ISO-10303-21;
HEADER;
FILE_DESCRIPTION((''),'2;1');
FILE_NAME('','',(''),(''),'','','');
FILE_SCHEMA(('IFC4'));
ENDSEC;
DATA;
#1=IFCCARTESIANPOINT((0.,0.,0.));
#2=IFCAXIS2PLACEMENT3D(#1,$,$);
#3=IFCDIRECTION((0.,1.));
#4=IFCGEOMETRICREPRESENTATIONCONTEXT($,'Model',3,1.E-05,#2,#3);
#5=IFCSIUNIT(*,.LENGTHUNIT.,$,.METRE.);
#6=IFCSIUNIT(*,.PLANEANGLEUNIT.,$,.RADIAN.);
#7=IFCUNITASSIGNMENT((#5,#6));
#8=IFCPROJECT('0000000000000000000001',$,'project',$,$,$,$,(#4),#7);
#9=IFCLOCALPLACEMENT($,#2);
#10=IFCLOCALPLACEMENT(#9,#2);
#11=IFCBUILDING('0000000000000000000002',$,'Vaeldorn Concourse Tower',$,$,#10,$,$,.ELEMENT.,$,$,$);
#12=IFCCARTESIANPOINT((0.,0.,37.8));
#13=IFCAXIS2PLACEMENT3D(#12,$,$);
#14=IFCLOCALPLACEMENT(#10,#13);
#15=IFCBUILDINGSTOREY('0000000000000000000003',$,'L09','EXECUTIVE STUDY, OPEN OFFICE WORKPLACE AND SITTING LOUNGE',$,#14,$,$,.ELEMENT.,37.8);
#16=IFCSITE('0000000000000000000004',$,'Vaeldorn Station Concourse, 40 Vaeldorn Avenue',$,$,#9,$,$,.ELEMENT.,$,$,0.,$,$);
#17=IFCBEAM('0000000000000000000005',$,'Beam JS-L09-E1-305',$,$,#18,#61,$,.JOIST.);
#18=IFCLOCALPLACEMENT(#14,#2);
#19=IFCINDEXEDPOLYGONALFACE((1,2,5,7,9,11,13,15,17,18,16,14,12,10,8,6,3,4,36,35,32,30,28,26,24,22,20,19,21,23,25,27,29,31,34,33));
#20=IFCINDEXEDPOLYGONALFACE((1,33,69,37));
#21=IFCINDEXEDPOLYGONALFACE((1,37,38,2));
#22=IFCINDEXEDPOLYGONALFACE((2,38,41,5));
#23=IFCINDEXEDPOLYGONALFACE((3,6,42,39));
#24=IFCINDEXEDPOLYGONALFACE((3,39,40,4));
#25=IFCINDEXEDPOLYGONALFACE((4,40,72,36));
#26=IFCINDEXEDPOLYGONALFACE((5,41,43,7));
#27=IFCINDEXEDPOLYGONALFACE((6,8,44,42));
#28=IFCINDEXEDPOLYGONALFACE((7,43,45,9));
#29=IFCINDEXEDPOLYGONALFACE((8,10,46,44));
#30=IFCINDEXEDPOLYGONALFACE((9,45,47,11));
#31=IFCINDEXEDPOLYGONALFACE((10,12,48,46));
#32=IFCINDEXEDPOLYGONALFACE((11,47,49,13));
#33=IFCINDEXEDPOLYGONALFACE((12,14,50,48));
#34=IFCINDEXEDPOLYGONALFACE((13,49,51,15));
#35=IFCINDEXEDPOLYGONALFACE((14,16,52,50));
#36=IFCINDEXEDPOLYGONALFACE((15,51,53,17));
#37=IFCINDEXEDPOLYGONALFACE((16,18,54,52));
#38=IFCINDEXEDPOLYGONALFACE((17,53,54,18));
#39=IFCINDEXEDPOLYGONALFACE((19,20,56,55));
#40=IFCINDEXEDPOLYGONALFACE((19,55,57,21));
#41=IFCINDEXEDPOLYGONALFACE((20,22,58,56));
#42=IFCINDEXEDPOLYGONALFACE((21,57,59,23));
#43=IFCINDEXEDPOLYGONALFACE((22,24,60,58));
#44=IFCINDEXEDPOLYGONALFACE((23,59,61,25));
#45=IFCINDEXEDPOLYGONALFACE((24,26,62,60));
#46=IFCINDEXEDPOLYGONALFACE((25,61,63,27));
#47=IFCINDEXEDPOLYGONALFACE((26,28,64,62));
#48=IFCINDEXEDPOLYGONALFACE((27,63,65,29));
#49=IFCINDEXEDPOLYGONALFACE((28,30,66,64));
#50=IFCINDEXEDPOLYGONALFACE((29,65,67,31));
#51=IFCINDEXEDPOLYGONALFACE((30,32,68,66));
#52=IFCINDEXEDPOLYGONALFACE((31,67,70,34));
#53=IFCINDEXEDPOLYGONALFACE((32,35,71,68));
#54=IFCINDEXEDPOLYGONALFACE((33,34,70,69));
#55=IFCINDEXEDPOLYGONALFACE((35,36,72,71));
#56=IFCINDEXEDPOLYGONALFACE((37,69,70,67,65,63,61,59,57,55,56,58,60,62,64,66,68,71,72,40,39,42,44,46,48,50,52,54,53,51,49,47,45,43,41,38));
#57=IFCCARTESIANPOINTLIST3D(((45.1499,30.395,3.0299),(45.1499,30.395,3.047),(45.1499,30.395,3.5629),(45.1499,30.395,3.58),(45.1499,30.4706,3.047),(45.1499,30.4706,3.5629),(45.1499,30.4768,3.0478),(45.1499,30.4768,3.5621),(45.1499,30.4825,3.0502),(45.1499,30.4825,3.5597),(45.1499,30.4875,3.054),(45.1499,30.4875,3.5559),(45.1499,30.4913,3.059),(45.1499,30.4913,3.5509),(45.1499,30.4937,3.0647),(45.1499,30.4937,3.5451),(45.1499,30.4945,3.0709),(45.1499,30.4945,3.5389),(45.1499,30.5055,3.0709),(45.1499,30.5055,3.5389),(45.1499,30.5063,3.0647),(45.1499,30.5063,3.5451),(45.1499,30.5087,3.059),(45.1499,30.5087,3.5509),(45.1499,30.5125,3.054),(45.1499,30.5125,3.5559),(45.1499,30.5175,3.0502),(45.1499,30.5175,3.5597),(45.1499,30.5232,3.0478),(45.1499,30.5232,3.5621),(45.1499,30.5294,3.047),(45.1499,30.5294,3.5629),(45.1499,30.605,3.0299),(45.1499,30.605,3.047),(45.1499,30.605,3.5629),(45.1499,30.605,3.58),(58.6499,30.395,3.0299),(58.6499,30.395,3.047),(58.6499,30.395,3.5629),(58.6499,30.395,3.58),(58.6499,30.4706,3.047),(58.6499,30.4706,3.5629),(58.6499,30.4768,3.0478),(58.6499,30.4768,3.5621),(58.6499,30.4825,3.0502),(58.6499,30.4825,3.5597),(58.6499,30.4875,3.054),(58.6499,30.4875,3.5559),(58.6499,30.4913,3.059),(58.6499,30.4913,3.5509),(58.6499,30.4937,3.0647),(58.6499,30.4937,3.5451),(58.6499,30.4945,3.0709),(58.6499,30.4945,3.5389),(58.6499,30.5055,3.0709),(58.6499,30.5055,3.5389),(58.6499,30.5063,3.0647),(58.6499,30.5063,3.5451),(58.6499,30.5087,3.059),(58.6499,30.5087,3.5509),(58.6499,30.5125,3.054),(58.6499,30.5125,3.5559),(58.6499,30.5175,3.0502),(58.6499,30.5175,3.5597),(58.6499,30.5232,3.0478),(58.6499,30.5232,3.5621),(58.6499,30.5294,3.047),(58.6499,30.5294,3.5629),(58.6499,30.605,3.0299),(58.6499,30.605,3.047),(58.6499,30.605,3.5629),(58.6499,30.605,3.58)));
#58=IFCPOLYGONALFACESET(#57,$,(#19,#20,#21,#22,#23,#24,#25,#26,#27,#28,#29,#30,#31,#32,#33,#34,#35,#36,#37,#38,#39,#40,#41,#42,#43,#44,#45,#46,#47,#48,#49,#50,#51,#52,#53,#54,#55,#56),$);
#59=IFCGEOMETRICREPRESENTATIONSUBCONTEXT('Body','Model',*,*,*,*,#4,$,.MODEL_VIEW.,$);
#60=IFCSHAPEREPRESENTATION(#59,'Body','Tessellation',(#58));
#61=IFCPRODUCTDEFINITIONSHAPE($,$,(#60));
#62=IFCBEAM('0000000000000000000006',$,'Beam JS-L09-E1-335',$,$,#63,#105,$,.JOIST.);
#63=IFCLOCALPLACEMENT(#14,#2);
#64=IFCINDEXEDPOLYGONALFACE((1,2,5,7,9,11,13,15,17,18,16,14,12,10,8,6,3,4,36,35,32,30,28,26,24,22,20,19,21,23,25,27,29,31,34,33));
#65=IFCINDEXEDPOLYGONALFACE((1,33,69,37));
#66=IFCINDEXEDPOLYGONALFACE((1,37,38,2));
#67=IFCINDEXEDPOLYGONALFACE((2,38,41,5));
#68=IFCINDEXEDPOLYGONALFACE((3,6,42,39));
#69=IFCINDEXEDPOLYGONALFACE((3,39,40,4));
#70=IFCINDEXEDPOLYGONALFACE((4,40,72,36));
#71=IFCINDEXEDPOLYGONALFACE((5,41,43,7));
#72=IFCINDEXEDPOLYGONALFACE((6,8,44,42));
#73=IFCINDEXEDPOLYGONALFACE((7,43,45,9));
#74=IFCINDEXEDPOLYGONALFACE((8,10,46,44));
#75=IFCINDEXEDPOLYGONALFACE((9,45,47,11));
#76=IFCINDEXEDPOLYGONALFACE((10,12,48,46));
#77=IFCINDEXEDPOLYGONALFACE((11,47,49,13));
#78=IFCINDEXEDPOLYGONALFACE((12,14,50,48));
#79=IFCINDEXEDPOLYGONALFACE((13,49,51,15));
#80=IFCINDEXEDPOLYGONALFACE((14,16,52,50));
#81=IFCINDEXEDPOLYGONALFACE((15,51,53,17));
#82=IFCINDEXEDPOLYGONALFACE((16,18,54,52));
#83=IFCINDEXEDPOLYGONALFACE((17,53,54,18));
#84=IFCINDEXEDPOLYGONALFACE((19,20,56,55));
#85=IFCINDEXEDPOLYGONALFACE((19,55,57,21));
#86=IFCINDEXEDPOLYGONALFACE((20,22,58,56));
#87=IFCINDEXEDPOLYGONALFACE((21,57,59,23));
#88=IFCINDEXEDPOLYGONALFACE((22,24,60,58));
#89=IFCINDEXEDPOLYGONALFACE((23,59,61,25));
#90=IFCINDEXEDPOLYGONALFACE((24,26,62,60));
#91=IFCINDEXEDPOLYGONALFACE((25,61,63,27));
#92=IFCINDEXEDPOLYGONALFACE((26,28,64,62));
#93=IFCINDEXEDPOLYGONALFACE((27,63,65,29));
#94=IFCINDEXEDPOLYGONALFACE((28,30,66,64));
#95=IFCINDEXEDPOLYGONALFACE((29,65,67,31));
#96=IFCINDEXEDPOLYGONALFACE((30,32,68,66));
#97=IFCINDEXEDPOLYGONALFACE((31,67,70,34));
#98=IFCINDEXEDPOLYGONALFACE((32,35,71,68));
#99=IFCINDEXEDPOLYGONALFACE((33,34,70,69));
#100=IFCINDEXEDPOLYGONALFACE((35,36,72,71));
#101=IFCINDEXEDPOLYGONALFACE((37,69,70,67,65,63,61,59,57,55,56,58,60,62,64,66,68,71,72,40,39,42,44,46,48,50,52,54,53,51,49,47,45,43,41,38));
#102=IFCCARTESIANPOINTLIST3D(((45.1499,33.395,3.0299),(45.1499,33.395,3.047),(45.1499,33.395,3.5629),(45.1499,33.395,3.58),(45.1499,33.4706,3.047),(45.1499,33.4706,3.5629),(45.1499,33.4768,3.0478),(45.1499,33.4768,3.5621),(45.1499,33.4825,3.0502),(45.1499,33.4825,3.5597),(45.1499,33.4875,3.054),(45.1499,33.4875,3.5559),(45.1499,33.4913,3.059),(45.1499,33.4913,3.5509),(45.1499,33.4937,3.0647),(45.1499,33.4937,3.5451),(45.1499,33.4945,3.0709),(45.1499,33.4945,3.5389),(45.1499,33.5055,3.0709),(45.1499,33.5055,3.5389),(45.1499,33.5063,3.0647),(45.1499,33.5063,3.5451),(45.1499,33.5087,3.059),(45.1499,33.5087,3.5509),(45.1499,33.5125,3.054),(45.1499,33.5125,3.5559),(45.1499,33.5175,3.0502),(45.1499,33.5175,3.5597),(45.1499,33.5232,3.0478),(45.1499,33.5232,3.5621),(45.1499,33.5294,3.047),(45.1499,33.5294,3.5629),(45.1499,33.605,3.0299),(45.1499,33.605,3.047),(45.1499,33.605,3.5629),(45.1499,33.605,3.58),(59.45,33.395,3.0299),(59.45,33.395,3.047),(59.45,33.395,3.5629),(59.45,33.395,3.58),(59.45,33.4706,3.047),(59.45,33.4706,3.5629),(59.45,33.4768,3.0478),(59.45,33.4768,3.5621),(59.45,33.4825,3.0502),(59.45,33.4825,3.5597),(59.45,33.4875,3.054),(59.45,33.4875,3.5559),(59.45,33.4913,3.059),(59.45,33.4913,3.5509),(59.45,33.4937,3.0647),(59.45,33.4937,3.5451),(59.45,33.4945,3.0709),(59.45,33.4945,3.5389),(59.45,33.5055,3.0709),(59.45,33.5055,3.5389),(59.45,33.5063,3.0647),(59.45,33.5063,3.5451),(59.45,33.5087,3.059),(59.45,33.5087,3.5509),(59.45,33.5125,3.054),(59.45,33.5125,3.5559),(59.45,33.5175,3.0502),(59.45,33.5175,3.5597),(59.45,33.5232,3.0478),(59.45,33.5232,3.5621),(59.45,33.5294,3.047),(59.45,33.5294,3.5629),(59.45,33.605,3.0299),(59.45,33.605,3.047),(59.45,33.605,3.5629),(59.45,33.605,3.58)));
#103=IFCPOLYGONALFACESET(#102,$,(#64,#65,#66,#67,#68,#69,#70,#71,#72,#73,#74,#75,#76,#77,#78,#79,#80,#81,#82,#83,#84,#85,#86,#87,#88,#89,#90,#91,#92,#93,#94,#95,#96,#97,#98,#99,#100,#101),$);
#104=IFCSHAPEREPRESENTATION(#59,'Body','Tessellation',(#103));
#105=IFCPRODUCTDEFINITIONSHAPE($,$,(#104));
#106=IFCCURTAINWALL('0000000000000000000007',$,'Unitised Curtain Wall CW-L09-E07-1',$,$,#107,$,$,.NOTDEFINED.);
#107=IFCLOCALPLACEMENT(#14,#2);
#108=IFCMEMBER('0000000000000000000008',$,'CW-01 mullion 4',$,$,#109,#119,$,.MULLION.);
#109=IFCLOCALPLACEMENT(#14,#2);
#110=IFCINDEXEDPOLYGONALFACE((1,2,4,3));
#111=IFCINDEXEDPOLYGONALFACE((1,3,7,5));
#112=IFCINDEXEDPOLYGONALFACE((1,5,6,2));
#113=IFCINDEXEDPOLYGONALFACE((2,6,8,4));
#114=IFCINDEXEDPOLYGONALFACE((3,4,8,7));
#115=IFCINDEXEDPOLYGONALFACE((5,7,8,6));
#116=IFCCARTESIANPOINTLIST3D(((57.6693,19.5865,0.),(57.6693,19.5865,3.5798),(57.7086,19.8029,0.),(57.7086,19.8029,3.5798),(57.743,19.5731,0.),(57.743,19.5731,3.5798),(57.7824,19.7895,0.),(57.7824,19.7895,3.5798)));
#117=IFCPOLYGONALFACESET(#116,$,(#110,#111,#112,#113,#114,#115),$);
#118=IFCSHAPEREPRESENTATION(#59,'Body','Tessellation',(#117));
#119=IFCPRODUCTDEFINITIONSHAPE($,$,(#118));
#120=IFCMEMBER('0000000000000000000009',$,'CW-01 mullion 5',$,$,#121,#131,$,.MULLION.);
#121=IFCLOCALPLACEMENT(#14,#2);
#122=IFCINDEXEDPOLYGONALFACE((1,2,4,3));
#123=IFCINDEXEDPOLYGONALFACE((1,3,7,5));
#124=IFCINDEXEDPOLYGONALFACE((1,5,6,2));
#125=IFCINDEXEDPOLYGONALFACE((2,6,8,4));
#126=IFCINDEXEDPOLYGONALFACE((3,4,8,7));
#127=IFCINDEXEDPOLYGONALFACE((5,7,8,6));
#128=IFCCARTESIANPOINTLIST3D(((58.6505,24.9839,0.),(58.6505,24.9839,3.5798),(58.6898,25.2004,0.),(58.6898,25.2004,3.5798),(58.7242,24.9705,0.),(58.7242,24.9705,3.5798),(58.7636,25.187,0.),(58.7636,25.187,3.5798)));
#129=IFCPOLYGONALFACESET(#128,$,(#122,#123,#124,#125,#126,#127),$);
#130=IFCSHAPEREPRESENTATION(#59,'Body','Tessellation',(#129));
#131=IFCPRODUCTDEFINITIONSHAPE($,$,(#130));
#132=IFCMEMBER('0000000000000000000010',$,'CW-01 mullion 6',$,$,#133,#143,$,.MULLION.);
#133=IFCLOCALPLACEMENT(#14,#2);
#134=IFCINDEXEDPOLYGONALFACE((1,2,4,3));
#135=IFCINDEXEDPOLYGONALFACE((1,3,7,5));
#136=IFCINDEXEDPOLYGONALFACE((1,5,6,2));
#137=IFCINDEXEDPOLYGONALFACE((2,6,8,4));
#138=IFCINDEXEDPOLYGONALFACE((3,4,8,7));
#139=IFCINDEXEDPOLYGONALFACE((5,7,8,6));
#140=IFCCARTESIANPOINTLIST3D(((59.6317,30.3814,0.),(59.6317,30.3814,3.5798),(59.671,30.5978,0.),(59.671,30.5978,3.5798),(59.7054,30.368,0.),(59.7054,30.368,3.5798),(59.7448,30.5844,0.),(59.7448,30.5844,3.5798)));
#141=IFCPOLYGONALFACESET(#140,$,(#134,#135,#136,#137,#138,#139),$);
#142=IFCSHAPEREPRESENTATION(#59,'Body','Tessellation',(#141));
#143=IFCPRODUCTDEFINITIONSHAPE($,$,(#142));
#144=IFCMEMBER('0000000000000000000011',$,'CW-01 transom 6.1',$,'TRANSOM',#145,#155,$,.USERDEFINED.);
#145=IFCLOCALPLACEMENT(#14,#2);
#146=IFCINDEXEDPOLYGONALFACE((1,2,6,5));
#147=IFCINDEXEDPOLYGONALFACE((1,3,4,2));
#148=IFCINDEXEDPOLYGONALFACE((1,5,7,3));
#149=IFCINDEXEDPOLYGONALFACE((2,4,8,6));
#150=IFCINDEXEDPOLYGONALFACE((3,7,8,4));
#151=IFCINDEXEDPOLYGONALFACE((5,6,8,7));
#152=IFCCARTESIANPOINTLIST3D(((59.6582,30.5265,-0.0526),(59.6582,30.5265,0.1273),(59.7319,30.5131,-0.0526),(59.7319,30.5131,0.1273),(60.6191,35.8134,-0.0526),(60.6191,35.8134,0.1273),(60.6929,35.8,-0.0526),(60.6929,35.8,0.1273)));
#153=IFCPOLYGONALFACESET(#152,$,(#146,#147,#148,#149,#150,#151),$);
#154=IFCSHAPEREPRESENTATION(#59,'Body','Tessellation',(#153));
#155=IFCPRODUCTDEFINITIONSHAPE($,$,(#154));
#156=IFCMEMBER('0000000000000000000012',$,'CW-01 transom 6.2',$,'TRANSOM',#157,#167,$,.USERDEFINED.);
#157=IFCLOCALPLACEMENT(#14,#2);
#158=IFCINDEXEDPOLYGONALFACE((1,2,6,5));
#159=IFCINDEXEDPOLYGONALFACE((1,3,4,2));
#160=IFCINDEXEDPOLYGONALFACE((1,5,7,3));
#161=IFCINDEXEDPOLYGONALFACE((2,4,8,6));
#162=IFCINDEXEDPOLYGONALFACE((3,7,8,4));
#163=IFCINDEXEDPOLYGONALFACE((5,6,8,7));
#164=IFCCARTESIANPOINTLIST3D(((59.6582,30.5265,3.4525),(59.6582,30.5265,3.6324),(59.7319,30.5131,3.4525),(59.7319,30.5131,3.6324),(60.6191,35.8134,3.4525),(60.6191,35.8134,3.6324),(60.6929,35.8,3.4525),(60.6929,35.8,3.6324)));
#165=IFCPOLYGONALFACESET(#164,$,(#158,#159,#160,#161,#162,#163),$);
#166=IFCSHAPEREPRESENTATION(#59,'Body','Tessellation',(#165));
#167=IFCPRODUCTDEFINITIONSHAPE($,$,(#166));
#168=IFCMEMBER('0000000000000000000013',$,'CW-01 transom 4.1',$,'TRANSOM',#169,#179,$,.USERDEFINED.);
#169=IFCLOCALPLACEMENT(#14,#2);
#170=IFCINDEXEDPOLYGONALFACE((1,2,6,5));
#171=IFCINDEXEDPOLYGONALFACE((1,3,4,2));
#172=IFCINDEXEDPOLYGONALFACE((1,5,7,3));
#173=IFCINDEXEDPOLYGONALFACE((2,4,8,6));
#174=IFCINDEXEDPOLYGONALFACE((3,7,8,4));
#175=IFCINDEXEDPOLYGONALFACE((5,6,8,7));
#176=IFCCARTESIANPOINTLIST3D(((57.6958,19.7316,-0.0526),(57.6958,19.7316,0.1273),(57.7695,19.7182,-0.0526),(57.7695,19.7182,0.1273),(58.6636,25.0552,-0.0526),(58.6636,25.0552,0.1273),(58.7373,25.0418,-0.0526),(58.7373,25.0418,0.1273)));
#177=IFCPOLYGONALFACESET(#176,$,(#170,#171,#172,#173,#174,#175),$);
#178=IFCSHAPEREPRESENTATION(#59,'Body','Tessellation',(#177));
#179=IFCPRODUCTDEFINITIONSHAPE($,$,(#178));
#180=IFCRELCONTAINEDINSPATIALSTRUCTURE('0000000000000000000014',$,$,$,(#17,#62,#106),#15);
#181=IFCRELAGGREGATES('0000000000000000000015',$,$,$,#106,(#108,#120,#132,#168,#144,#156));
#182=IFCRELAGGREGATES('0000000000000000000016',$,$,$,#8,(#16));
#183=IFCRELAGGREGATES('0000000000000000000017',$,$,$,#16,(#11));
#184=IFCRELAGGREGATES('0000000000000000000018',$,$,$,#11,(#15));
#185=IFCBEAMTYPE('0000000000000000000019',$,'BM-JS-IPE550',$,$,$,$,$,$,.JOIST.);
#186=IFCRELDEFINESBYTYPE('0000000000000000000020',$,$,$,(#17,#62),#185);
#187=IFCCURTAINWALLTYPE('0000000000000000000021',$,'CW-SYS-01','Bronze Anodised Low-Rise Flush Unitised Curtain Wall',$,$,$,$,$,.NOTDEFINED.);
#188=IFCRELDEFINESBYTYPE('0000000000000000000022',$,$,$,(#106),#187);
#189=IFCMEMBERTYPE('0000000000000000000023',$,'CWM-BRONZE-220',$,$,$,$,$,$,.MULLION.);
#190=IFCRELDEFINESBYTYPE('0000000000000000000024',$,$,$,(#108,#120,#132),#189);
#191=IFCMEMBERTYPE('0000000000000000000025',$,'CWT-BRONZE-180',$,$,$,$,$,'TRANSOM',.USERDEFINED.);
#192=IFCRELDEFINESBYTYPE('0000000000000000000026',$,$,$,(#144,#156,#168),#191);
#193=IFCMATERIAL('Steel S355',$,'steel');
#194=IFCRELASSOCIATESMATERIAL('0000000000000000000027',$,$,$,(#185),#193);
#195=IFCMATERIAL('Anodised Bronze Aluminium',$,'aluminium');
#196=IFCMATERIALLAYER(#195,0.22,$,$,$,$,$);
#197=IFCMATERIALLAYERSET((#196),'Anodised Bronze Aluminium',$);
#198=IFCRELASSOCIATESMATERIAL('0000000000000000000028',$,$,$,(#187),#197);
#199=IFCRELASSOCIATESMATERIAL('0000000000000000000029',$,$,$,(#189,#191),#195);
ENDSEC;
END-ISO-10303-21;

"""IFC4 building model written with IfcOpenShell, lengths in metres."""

from ifc_helpers import new_model, si_unit, direction, frame, origin, origin_2d, place, context, subcontext, project, spatial, rectangle, i_section, extrude, source, transform, mapped, material, layer, layer_set, material_profile, profile_set, type_object, element, aggregate, save


model = new_model("IFC4")

# Units and contexts
model_context = context("Model", 3, precision=1e-05, world=origin(), true_north=direction((0.0, 1.0)))
body_context = subcontext(model_context, "Body", "Model", "MODEL_VIEW")
ifc_project = project(units=[si_unit("LENGTHUNIT", "METRE"), si_unit("PLANEANGLEUNIT", "RADIAN")], contexts=[model_context])

# Site, building, storey
site_placement = place(None, origin())
site = spatial("IfcSite", under=ifc_project, at=site_placement, Name="Vaeldorn Station Concourse, 40 Vaeldorn Avenue", CompositionType="ELEMENT", RefElevation=0.0)
building_placement = place(site_placement, origin())
building = spatial("IfcBuilding", under=site, at=building_placement, Name="Vaeldorn Concourse Tower", CompositionType="ELEMENT")
storey_placement = place(building_placement, frame((0.0, 0.0, 37.8)))
storey = spatial("IfcBuildingStorey", under=building, at=storey_placement, Name="L09", Description="EXECUTIVE STUDY, OPEN OFFICE WORKPLACE AND SITTING LOUNGE", CompositionType="ELEMENT", Elevation=37.8)

# Beams
ifc_material_1 = material(Name="Steel S355", Category="steel")
ifc_material_profile_1 = material_profile(ifc_material_1, i_section(OverallWidth=0.21, OverallDepth=0.55, WebThickness=0.011, FlangeThickness=0.0171, FilletRadius=0.0239, at=origin_2d()), Name="IPE 550")
ifc_profile_set_1 = profile_set([ifc_material_profile_1], Name="Steel S355")
beam_type_1 = type_object("IfcBeamType", Name="BM-JS-IPE550", PredefinedType="JOIST", material=ifc_profile_set_1)
shared_shape_1 = source(origin(), body_context, "Body", "SweptSolid", [
    extrude(i_section(OverallWidth=0.21, OverallDepth=0.55, WebThickness=0.011, FlangeThickness=0.0171, FilletRadius=0.0239, at=origin_2d()), origin(), (0.0, 0.0, 1.0), 13.5),
])
beam_1_placement = place(storey_placement, frame((45.1499, 30.5, 3.3049), z_axis=(1.0, 0.0, 0.0), x_axis=(0.0, 1.0, 0.0)))
element("IfcBeam", 1, at=beam_1_placement, inside=storey, type_object=beam_type_1, Name="Beam JS-L09-E1-305", PredefinedType="JOIST", context=body_context, shape_type="MappedRepresentation", body=[
    mapped(shared_shape_1, transform((0.0, 0.0, 0.0), scale=1.0)),
])
shared_shape_2 = source(origin(), body_context, "Body", "SweptSolid", [
    extrude(i_section(OverallWidth=0.21, OverallDepth=0.55, WebThickness=0.011, FlangeThickness=0.0171, FilletRadius=0.0239, at=origin_2d()), origin(), (0.0, 0.0, 1.0), 14.3),
])
beam_2_placement = place(storey_placement, frame((45.1499, 33.5, 3.3049), z_axis=(1.0, 0.0, 0.0), x_axis=(0.0, 1.0, 0.0)))
element("IfcBeam", 2, at=beam_2_placement, inside=storey, type_object=beam_type_1, Name="Beam JS-L09-E1-335", PredefinedType="JOIST", context=body_context, shape_type="MappedRepresentation", body=[
    mapped(shared_shape_2, transform((0.0, 0.0, 0.0), scale=1.0)),
])

# Curtain wall, members
ifc_material_2 = material(Name="Anodised Bronze Aluminium", Category="aluminium")
ifc_layer_1 = layer(ifc_material_2, 0.22)
ifc_layer_set_1 = layer_set([ifc_layer_1], Name="Anodised Bronze Aluminium")
curtain_wall_type = type_object("IfcCurtainWallType", Name="CW-SYS-01", Description="Bronze Anodised Low-Rise Flush Unitised Curtain Wall", PredefinedType="NOTDEFINED", material=ifc_layer_set_1)
curtain_wall_placement = place(storey_placement, origin())
curtain_wall = element("IfcCurtainWall", 3, at=curtain_wall_placement, inside=storey, type_object=curtain_wall_type, Name="Unitised Curtain Wall CW-L09-E07-1", PredefinedType="NOTDEFINED")
ifc_material_profile_2 = material_profile(ifc_material_2, rectangle(XDim=0.075, YDim=0.22, at=origin_2d()), Name="CWM 75x220")
ifc_profile_set_2 = profile_set([ifc_material_profile_2], Name="Anodised Bronze Aluminium")
member_type_1 = type_object("IfcMemberType", Name="CWM-BRONZE-220", PredefinedType="MULLION", material=ifc_profile_set_2)
shared_shape_3 = source(origin(), body_context, "Body", "SweptSolid", [
    extrude(rectangle(XDim=0.075, YDim=0.22, at=origin_2d()), origin(), (0.0, 0.0, 1.0), 3.5798),
])
member_1_placement = place(storey_placement, frame((57.7258, 19.688, 0.0), z_axis=(0.0, 0.0, 1.0), x_axis=(-0.983875, 0.178859, 0.0)))
member_1 = element("IfcMember", 4, at=member_1_placement, type_object=member_type_1, Name="CW-01 mullion 4", PredefinedType="MULLION", context=body_context, shape_type="MappedRepresentation", body=[
    mapped(shared_shape_3, transform((0.0, 0.0, 0.0), scale=1.0)),
])
member_2_placement = place(storey_placement, frame((58.707, 25.0854, 0.0), z_axis=(0.0, 0.0, 1.0), x_axis=(-0.983875, 0.178859, 0.0)))
member_2 = element("IfcMember", 5, at=member_2_placement, type_object=member_type_1, Name="CW-01 mullion 5", PredefinedType="MULLION", context=body_context, shape_type="MappedRepresentation", body=[
    mapped(shared_shape_3, transform((0.0, 0.0, 0.0), scale=1.0)),
])
member_3_placement = place(storey_placement, frame((59.6882, 30.4829, 0.0), z_axis=(0.0, 0.0, 1.0), x_axis=(-0.983875, 0.178859, 0.0)))
member_3 = element("IfcMember", 6, at=member_3_placement, type_object=member_type_1, Name="CW-01 mullion 6", PredefinedType="MULLION", context=body_context, shape_type="MappedRepresentation", body=[
    mapped(shared_shape_3, transform((0.0, 0.0, 0.0), scale=1.0)),
])
ifc_material_profile_3 = material_profile(ifc_material_2, rectangle(XDim=0.075, YDim=0.1799, at=origin_2d()), Name="CWT 75x180")
ifc_profile_set_3 = profile_set([ifc_material_profile_3], Name="Anodised Bronze Aluminium")
member_type_2 = type_object("IfcMemberType", Name="CWT-BRONZE-180", ElementType="TRANSOM", PredefinedType="USERDEFINED", material=ifc_profile_set_3)
shared_shape_4 = source(origin(), body_context, "Body", "SweptSolid", [
    extrude(rectangle(XDim=0.075, YDim=0.1799, at=origin_2d()), origin(), (0.0, 0.0, 1.0), 5.3735),
])
member_4_placement = place(storey_placement, frame((59.6951, 30.5198, 0.0374), z_axis=(0.178829, 0.98388, 0.0), x_axis=(-0.98388, 0.178829, 0.0)))
member_4 = element("IfcMember", 7, at=member_4_placement, type_object=member_type_2, Name="CW-01 transom 6.1", ObjectType="TRANSOM", PredefinedType="USERDEFINED", context=body_context, shape_type="MappedRepresentation", body=[
    mapped(shared_shape_4, transform((0.0, 0.0, 0.0), scale=1.0)),
])
member_5_placement = place(storey_placement, frame((59.6951, 30.5198, 3.5425), z_axis=(0.178829, 0.98388, 0.0), x_axis=(-0.98388, 0.178829, 0.0)))
member_5 = element("IfcMember", 8, at=member_5_placement, type_object=member_type_2, Name="CW-01 transom 6.2", ObjectType="TRANSOM", PredefinedType="USERDEFINED", context=body_context, shape_type="MappedRepresentation", body=[
    mapped(shared_shape_4, transform((0.0, 0.0, 0.0), scale=1.0)),
])
shared_shape_5 = source(origin(), body_context, "Body", "SweptSolid", [
    extrude(rectangle(XDim=0.075, YDim=0.1799, at=origin_2d()), origin(), (0.0, 0.0, 1.0), 5.4109),
])
member_6_placement = place(storey_placement, frame((57.7327, 19.7249, 0.0374), z_axis=(0.178854, 0.983876, 0.0), x_axis=(-0.983876, 0.178854, 0.0)))
member_6 = element("IfcMember", 9, at=member_6_placement, type_object=member_type_2, Name="CW-01 transom 4.1", ObjectType="TRANSOM", PredefinedType="USERDEFINED", context=body_context, shape_type="MappedRepresentation", body=[
    mapped(shared_shape_5, transform((0.0, 0.0, 0.0), scale=1.0)),
])
aggregate(curtain_wall, [member_1, member_2, member_3, member_6, member_4, member_5])

save(model, "model.ifc")
